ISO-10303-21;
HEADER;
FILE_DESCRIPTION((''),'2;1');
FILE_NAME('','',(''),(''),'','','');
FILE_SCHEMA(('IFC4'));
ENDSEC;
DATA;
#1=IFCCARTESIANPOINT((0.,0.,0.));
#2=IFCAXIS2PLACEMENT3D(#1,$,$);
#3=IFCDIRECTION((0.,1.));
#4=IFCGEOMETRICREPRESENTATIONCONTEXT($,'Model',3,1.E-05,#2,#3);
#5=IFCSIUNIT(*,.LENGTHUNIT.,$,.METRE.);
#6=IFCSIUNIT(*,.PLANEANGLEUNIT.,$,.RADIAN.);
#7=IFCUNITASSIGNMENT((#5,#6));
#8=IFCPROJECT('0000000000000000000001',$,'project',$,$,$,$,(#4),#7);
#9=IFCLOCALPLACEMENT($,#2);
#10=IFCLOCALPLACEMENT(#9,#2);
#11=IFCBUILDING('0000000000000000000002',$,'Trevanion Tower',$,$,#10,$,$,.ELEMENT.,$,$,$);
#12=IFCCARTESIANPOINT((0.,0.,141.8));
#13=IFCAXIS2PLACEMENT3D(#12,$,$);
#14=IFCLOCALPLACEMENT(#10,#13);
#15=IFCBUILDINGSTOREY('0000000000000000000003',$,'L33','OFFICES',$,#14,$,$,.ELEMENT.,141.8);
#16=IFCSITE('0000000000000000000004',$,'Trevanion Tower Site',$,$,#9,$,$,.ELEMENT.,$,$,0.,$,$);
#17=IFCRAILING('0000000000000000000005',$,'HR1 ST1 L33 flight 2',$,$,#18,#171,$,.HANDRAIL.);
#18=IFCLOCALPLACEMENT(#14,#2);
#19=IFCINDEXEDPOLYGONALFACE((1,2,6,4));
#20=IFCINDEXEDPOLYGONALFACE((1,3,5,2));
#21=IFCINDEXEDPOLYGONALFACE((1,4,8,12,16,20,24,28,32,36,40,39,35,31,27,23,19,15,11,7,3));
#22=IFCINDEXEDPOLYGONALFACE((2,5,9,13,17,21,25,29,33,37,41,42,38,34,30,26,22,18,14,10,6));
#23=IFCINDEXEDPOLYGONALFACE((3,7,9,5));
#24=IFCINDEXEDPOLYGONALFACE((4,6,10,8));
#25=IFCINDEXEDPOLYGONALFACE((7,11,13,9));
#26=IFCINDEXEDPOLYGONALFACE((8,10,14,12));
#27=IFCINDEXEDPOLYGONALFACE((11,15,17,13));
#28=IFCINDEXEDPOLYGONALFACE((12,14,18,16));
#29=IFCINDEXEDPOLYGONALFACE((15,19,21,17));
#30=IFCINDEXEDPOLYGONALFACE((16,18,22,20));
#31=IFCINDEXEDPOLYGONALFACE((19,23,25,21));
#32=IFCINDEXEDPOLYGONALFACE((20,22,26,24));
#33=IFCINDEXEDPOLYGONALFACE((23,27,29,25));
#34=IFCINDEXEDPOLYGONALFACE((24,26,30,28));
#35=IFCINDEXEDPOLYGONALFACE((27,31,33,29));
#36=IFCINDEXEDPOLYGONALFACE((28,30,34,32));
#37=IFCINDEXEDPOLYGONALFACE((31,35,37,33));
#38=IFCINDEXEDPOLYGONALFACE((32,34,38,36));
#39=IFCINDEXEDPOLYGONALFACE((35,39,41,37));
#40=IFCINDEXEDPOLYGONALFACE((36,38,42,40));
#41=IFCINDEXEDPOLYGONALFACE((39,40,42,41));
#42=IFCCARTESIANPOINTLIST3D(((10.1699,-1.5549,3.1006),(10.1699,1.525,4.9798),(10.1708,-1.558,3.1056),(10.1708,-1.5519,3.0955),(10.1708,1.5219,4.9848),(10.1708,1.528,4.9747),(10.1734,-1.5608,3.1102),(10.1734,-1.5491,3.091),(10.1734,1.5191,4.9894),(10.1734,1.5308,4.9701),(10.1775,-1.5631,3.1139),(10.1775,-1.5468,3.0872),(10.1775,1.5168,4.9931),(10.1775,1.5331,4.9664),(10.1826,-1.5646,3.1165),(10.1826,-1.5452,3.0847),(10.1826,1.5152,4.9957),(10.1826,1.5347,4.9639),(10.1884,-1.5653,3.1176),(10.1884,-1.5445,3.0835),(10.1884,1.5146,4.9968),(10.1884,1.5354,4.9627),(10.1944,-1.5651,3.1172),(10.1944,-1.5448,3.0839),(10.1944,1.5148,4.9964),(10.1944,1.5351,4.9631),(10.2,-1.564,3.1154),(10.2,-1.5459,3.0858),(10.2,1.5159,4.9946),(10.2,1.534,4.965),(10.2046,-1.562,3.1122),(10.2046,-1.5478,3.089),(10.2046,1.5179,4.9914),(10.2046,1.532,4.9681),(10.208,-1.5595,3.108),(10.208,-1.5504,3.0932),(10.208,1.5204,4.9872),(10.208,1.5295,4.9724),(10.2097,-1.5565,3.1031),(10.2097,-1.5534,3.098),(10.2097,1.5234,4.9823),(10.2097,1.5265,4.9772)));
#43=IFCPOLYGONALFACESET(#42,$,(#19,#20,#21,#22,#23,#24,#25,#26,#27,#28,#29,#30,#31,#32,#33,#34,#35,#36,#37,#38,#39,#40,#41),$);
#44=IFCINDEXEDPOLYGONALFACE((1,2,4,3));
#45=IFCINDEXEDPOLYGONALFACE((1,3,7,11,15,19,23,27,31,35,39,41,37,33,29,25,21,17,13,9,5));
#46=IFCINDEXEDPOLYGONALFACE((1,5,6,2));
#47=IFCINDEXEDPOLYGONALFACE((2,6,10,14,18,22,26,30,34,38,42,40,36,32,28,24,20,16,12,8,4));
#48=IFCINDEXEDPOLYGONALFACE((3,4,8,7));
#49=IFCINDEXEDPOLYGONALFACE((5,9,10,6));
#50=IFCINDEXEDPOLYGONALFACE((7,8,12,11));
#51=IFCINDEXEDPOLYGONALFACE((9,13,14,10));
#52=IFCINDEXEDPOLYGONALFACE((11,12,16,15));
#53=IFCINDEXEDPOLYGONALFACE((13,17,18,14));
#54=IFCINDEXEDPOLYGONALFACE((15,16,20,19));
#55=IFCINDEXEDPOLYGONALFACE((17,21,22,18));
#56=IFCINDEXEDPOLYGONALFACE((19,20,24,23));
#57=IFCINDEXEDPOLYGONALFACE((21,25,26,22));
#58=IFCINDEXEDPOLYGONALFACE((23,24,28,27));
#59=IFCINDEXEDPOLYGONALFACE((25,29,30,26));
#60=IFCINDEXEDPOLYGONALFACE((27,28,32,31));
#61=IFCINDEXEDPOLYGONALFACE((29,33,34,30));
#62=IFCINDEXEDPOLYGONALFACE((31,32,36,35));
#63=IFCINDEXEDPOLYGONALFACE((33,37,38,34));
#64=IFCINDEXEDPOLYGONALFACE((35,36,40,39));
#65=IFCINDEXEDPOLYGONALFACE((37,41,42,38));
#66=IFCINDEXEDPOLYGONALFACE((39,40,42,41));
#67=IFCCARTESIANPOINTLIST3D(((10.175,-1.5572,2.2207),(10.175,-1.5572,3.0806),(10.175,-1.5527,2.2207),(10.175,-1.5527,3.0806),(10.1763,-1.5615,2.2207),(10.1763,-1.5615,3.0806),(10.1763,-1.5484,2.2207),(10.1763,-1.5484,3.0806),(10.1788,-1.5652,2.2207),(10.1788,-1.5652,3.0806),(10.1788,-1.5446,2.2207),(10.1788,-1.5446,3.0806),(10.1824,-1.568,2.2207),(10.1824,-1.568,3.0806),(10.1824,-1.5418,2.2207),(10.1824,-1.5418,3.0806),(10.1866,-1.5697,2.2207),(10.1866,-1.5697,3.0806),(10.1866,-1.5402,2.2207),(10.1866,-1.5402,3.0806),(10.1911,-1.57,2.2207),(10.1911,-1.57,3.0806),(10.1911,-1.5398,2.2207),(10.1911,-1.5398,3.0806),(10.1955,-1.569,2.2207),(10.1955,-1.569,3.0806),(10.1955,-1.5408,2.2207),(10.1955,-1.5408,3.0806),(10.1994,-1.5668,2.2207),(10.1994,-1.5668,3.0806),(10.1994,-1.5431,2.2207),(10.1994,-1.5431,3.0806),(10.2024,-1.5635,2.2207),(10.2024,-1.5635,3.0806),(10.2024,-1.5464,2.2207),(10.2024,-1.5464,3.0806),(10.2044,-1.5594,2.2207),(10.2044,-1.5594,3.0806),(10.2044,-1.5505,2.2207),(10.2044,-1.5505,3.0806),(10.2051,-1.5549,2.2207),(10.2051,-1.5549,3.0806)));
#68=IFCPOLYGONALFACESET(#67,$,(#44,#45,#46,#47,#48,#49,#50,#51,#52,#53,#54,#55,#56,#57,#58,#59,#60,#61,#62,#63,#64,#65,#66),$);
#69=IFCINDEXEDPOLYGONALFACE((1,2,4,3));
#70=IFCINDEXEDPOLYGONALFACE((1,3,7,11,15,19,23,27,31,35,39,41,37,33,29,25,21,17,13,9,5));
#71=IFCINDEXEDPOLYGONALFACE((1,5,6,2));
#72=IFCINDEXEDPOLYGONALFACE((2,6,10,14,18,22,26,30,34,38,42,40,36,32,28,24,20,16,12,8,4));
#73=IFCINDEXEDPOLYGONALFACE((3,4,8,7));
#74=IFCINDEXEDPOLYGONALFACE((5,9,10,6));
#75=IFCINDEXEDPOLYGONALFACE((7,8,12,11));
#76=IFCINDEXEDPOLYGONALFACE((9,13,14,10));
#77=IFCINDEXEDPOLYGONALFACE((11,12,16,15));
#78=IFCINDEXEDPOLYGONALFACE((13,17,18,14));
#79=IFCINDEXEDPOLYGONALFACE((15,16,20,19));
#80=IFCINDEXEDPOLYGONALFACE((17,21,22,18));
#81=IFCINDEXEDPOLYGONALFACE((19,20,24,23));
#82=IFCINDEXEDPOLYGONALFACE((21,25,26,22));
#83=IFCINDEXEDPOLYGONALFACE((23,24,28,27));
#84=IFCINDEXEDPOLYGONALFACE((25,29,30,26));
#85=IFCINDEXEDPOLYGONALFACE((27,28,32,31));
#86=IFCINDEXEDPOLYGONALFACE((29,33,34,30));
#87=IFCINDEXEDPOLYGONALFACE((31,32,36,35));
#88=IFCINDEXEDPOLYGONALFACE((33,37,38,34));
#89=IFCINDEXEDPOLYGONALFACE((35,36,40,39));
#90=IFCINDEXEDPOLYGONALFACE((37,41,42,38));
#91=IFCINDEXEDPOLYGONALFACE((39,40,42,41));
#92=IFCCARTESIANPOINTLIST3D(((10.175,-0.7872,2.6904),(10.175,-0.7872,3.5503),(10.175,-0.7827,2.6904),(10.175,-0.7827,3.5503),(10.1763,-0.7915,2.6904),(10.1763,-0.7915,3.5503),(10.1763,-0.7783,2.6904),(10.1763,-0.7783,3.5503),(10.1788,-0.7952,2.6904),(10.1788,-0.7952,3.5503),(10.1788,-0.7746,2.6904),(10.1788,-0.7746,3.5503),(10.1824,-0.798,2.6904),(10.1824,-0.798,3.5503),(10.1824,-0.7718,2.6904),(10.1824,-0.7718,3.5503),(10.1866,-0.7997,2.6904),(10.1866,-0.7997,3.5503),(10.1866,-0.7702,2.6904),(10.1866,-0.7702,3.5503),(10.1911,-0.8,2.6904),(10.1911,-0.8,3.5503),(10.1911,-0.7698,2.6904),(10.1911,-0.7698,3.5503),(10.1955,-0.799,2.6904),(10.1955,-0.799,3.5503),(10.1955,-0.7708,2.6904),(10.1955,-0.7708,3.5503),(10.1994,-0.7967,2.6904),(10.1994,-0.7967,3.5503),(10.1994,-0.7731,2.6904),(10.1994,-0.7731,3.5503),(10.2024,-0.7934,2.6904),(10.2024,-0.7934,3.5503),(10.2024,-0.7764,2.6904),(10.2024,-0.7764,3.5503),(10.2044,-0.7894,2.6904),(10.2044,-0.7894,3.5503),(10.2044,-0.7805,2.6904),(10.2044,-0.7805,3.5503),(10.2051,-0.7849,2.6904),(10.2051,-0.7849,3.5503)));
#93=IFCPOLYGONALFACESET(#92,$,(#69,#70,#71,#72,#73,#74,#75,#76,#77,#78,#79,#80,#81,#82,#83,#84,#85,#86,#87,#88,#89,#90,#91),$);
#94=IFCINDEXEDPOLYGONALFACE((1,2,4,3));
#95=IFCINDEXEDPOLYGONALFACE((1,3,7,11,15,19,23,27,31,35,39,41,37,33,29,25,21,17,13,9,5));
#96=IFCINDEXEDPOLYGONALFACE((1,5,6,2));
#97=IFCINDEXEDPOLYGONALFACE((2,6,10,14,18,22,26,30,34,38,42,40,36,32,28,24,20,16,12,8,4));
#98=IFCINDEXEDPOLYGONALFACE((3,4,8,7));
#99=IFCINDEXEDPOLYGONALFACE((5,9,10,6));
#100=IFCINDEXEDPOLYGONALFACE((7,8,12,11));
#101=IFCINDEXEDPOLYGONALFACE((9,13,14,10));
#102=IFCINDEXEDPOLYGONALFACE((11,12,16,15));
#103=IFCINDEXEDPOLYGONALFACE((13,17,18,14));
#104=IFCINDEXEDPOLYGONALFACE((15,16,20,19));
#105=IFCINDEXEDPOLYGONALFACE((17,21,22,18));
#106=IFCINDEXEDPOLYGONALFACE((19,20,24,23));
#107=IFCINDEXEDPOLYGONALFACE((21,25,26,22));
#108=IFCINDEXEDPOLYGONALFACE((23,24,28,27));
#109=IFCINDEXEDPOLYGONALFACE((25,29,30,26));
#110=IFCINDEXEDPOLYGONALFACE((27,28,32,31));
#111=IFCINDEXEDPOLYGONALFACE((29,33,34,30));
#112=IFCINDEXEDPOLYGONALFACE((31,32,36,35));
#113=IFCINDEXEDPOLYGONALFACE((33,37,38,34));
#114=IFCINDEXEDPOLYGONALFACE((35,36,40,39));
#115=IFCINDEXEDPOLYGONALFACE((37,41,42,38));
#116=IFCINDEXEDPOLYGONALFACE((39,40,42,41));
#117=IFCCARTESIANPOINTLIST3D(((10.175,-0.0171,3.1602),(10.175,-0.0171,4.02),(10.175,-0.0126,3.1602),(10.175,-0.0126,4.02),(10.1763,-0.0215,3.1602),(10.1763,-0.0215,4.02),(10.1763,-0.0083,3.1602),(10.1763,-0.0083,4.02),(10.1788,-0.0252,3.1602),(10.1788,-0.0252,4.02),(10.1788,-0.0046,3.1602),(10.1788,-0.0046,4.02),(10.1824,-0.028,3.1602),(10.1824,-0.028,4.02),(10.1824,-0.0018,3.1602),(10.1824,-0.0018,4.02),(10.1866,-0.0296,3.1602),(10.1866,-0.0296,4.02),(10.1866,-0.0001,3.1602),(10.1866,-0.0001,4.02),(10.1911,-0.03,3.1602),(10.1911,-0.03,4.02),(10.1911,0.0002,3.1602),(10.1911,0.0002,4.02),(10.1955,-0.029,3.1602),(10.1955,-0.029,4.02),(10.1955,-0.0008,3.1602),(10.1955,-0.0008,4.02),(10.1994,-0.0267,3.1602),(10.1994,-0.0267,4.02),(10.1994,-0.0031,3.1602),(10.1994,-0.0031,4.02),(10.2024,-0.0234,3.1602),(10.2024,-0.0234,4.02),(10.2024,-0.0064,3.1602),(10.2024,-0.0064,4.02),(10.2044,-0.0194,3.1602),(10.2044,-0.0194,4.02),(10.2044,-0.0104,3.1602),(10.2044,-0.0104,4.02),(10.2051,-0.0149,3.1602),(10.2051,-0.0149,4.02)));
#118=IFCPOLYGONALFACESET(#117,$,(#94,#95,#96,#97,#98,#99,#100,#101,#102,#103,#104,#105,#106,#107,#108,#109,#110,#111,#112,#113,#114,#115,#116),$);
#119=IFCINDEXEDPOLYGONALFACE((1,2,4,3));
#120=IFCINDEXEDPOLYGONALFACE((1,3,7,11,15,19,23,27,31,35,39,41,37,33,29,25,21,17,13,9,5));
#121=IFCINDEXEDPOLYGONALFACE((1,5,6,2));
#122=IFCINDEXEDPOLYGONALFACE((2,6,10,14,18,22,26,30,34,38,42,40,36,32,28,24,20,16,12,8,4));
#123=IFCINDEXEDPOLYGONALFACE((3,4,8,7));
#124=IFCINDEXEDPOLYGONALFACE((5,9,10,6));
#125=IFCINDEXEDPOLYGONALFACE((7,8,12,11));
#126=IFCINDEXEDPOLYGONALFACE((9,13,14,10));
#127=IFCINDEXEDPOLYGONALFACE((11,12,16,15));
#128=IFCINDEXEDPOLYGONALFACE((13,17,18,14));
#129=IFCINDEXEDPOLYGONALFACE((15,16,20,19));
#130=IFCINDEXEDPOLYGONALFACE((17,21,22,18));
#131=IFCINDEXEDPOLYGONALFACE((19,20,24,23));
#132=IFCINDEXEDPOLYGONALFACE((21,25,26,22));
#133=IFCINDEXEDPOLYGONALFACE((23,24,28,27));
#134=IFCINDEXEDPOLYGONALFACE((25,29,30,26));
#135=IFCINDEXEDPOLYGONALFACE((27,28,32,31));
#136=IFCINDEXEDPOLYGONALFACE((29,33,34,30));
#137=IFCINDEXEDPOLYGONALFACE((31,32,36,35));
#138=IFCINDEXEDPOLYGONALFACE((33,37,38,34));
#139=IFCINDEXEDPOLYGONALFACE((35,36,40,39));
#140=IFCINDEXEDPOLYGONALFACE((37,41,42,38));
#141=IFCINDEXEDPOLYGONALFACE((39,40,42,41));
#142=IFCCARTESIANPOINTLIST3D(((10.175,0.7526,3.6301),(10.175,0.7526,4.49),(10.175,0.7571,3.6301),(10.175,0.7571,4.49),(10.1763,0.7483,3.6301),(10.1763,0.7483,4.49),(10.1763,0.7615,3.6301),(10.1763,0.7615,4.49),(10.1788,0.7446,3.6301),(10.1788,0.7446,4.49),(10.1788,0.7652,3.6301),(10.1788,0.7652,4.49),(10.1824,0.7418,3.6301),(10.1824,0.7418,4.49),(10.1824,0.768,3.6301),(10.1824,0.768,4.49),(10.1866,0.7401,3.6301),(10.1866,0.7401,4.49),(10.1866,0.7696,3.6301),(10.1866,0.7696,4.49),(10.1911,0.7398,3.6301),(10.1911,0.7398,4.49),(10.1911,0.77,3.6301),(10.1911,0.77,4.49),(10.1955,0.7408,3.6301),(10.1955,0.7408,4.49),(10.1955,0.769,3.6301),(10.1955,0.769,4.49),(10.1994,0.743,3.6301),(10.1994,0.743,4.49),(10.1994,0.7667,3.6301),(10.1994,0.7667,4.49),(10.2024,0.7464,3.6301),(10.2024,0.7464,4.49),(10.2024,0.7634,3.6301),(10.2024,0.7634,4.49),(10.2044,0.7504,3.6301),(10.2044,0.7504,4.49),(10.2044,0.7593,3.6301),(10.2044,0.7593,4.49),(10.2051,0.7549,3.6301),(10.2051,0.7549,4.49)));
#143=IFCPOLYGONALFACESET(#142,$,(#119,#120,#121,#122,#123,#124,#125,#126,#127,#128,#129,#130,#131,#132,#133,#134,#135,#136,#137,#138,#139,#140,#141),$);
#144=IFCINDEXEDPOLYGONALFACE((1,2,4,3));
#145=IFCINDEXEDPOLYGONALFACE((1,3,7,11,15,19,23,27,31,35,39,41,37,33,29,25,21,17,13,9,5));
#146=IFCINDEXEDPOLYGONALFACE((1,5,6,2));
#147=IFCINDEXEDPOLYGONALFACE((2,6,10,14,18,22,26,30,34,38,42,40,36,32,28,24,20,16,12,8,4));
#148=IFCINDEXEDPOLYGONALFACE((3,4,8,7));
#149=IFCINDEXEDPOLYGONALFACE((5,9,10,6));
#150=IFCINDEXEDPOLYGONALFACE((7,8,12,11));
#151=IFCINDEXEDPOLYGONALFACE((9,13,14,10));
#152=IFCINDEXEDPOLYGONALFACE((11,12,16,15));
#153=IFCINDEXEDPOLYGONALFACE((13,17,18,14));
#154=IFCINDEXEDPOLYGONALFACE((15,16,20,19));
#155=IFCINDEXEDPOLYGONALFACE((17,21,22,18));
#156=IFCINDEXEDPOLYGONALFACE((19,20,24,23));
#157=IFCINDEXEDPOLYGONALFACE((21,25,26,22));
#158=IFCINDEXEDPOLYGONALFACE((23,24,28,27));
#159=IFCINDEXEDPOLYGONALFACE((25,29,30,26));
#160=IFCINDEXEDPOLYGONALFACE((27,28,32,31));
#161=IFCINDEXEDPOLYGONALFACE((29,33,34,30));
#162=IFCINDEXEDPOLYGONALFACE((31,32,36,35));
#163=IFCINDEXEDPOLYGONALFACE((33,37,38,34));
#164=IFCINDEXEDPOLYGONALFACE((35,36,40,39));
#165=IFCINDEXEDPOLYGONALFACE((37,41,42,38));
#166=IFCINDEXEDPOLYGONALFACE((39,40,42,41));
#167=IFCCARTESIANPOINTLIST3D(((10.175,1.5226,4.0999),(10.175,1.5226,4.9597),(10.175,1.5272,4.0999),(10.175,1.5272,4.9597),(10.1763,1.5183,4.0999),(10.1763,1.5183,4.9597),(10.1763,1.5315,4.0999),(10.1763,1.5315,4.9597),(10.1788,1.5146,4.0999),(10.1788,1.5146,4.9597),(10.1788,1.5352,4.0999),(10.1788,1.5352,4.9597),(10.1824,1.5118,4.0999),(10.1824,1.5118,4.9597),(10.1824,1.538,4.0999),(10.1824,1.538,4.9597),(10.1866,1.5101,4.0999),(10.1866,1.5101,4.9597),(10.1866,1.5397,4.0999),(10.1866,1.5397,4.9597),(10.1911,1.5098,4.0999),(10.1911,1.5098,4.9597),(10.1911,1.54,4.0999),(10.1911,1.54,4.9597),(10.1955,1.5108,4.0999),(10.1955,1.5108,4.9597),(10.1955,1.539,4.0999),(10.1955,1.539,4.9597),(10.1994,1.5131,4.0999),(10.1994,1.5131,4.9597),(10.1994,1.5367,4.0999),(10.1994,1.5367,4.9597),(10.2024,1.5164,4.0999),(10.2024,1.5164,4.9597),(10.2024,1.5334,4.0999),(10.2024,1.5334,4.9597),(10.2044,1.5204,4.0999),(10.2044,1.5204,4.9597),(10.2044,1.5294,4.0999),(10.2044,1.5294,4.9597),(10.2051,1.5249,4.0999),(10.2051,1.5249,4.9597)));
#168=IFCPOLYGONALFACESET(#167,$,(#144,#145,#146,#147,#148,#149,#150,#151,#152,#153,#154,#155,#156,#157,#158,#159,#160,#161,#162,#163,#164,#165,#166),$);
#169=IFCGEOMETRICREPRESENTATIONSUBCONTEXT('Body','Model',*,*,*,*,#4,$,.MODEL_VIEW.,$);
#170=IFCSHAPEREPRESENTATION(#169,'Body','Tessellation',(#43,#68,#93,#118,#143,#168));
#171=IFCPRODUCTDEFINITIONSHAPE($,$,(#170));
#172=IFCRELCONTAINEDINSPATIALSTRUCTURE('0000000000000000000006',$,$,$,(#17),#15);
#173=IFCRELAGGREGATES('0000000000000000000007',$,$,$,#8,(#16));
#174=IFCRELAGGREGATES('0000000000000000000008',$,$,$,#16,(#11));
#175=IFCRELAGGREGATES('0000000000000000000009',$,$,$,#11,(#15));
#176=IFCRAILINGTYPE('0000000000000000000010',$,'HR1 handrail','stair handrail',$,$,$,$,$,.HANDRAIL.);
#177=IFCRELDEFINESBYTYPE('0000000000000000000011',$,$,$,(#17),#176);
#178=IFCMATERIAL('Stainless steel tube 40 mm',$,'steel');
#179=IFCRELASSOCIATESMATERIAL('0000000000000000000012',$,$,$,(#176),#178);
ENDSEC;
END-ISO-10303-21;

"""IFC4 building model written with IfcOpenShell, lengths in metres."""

from ifc_helpers import new_model, si_unit, direction, frame, origin, origin_2d, place, context, subcontext, project, spatial, circle, extrude, material, type_object, element, save


model = new_model("IFC4")

# Units and contexts
model_context = context("Model", 3, precision=1e-05, world=origin(), true_north=direction((0.0, 1.0)))
body_context = subcontext(model_context, "Body", "Model", "MODEL_VIEW")
ifc_project = project(units=[si_unit("LENGTHUNIT", "METRE"), si_unit("PLANEANGLEUNIT", "RADIAN")], contexts=[model_context])

# Site, building, storey
site_placement = place(None, origin())
site = spatial("IfcSite", under=ifc_project, at=site_placement, Name="Trevanion Tower Site", CompositionType="ELEMENT", RefElevation=0.0)
building_placement = place(site_placement, origin())
building = spatial("IfcBuilding", under=site, at=building_placement, Name="Trevanion Tower", CompositionType="ELEMENT")
storey_placement = place(building_placement, frame((0.0, 0.0, 141.8)))
storey = spatial("IfcBuildingStorey", under=building, at=storey_placement, Name="L33", Description="OFFICES", CompositionType="ELEMENT", Elevation=141.8)

# Railing
ifc_material_1 = material(Name="Stainless steel tube 40 mm", Category="steel")
railing_type = type_object("IfcRailingType", Name="HR1 handrail", Description="stair handrail", PredefinedType="HANDRAIL", material=ifc_material_1)
for number, where, name in (
    (1, (10.1899, -1.5549, 2.2207), "HR1 ST1 L33 flight 2"),
):
    element("IfcRailing", number, at=place(storey_placement, frame(where)), inside=storey, type_object=railing_type, Name=name, PredefinedType="HANDRAIL", context=body_context, shape_type="SweptSolid", body=[
        extrude(circle(Radius=0.02, at=origin_2d()), frame((0.0, 0.0, 0.8799), z_axis=(0.0, 0.853648, 0.52085), x_axis=(-1.0, 0.0, 0.0)), (0.0, 0.0, 1.0), 3.6079),
        extrude(circle(Radius=0.0151, at=origin_2d()), origin(), (0.0, 0.0, 1.0), 0.8599),
        extrude(circle(Radius=0.0151, at=origin_2d()), frame((0.0, 0.77, 0.4697)), (0.0, 0.0, 1.0), 0.8599),
        extrude(circle(Radius=0.0151, at=origin_2d()), frame((0.0, 1.54, 0.9395)), (0.0, 0.0, 1.0), 0.8599),
        extrude(circle(Radius=0.0151, at=origin_2d()), frame((0.0, 2.3098, 1.4094)), (0.0, 0.0, 1.0), 0.8599),
        extrude(circle(Radius=0.0151, at=origin_2d()), frame((0.0, 3.0798, 1.8792)), (0.0, 0.0, 1.0), 0.8599),
    ])

save(model, "model.ifc")
